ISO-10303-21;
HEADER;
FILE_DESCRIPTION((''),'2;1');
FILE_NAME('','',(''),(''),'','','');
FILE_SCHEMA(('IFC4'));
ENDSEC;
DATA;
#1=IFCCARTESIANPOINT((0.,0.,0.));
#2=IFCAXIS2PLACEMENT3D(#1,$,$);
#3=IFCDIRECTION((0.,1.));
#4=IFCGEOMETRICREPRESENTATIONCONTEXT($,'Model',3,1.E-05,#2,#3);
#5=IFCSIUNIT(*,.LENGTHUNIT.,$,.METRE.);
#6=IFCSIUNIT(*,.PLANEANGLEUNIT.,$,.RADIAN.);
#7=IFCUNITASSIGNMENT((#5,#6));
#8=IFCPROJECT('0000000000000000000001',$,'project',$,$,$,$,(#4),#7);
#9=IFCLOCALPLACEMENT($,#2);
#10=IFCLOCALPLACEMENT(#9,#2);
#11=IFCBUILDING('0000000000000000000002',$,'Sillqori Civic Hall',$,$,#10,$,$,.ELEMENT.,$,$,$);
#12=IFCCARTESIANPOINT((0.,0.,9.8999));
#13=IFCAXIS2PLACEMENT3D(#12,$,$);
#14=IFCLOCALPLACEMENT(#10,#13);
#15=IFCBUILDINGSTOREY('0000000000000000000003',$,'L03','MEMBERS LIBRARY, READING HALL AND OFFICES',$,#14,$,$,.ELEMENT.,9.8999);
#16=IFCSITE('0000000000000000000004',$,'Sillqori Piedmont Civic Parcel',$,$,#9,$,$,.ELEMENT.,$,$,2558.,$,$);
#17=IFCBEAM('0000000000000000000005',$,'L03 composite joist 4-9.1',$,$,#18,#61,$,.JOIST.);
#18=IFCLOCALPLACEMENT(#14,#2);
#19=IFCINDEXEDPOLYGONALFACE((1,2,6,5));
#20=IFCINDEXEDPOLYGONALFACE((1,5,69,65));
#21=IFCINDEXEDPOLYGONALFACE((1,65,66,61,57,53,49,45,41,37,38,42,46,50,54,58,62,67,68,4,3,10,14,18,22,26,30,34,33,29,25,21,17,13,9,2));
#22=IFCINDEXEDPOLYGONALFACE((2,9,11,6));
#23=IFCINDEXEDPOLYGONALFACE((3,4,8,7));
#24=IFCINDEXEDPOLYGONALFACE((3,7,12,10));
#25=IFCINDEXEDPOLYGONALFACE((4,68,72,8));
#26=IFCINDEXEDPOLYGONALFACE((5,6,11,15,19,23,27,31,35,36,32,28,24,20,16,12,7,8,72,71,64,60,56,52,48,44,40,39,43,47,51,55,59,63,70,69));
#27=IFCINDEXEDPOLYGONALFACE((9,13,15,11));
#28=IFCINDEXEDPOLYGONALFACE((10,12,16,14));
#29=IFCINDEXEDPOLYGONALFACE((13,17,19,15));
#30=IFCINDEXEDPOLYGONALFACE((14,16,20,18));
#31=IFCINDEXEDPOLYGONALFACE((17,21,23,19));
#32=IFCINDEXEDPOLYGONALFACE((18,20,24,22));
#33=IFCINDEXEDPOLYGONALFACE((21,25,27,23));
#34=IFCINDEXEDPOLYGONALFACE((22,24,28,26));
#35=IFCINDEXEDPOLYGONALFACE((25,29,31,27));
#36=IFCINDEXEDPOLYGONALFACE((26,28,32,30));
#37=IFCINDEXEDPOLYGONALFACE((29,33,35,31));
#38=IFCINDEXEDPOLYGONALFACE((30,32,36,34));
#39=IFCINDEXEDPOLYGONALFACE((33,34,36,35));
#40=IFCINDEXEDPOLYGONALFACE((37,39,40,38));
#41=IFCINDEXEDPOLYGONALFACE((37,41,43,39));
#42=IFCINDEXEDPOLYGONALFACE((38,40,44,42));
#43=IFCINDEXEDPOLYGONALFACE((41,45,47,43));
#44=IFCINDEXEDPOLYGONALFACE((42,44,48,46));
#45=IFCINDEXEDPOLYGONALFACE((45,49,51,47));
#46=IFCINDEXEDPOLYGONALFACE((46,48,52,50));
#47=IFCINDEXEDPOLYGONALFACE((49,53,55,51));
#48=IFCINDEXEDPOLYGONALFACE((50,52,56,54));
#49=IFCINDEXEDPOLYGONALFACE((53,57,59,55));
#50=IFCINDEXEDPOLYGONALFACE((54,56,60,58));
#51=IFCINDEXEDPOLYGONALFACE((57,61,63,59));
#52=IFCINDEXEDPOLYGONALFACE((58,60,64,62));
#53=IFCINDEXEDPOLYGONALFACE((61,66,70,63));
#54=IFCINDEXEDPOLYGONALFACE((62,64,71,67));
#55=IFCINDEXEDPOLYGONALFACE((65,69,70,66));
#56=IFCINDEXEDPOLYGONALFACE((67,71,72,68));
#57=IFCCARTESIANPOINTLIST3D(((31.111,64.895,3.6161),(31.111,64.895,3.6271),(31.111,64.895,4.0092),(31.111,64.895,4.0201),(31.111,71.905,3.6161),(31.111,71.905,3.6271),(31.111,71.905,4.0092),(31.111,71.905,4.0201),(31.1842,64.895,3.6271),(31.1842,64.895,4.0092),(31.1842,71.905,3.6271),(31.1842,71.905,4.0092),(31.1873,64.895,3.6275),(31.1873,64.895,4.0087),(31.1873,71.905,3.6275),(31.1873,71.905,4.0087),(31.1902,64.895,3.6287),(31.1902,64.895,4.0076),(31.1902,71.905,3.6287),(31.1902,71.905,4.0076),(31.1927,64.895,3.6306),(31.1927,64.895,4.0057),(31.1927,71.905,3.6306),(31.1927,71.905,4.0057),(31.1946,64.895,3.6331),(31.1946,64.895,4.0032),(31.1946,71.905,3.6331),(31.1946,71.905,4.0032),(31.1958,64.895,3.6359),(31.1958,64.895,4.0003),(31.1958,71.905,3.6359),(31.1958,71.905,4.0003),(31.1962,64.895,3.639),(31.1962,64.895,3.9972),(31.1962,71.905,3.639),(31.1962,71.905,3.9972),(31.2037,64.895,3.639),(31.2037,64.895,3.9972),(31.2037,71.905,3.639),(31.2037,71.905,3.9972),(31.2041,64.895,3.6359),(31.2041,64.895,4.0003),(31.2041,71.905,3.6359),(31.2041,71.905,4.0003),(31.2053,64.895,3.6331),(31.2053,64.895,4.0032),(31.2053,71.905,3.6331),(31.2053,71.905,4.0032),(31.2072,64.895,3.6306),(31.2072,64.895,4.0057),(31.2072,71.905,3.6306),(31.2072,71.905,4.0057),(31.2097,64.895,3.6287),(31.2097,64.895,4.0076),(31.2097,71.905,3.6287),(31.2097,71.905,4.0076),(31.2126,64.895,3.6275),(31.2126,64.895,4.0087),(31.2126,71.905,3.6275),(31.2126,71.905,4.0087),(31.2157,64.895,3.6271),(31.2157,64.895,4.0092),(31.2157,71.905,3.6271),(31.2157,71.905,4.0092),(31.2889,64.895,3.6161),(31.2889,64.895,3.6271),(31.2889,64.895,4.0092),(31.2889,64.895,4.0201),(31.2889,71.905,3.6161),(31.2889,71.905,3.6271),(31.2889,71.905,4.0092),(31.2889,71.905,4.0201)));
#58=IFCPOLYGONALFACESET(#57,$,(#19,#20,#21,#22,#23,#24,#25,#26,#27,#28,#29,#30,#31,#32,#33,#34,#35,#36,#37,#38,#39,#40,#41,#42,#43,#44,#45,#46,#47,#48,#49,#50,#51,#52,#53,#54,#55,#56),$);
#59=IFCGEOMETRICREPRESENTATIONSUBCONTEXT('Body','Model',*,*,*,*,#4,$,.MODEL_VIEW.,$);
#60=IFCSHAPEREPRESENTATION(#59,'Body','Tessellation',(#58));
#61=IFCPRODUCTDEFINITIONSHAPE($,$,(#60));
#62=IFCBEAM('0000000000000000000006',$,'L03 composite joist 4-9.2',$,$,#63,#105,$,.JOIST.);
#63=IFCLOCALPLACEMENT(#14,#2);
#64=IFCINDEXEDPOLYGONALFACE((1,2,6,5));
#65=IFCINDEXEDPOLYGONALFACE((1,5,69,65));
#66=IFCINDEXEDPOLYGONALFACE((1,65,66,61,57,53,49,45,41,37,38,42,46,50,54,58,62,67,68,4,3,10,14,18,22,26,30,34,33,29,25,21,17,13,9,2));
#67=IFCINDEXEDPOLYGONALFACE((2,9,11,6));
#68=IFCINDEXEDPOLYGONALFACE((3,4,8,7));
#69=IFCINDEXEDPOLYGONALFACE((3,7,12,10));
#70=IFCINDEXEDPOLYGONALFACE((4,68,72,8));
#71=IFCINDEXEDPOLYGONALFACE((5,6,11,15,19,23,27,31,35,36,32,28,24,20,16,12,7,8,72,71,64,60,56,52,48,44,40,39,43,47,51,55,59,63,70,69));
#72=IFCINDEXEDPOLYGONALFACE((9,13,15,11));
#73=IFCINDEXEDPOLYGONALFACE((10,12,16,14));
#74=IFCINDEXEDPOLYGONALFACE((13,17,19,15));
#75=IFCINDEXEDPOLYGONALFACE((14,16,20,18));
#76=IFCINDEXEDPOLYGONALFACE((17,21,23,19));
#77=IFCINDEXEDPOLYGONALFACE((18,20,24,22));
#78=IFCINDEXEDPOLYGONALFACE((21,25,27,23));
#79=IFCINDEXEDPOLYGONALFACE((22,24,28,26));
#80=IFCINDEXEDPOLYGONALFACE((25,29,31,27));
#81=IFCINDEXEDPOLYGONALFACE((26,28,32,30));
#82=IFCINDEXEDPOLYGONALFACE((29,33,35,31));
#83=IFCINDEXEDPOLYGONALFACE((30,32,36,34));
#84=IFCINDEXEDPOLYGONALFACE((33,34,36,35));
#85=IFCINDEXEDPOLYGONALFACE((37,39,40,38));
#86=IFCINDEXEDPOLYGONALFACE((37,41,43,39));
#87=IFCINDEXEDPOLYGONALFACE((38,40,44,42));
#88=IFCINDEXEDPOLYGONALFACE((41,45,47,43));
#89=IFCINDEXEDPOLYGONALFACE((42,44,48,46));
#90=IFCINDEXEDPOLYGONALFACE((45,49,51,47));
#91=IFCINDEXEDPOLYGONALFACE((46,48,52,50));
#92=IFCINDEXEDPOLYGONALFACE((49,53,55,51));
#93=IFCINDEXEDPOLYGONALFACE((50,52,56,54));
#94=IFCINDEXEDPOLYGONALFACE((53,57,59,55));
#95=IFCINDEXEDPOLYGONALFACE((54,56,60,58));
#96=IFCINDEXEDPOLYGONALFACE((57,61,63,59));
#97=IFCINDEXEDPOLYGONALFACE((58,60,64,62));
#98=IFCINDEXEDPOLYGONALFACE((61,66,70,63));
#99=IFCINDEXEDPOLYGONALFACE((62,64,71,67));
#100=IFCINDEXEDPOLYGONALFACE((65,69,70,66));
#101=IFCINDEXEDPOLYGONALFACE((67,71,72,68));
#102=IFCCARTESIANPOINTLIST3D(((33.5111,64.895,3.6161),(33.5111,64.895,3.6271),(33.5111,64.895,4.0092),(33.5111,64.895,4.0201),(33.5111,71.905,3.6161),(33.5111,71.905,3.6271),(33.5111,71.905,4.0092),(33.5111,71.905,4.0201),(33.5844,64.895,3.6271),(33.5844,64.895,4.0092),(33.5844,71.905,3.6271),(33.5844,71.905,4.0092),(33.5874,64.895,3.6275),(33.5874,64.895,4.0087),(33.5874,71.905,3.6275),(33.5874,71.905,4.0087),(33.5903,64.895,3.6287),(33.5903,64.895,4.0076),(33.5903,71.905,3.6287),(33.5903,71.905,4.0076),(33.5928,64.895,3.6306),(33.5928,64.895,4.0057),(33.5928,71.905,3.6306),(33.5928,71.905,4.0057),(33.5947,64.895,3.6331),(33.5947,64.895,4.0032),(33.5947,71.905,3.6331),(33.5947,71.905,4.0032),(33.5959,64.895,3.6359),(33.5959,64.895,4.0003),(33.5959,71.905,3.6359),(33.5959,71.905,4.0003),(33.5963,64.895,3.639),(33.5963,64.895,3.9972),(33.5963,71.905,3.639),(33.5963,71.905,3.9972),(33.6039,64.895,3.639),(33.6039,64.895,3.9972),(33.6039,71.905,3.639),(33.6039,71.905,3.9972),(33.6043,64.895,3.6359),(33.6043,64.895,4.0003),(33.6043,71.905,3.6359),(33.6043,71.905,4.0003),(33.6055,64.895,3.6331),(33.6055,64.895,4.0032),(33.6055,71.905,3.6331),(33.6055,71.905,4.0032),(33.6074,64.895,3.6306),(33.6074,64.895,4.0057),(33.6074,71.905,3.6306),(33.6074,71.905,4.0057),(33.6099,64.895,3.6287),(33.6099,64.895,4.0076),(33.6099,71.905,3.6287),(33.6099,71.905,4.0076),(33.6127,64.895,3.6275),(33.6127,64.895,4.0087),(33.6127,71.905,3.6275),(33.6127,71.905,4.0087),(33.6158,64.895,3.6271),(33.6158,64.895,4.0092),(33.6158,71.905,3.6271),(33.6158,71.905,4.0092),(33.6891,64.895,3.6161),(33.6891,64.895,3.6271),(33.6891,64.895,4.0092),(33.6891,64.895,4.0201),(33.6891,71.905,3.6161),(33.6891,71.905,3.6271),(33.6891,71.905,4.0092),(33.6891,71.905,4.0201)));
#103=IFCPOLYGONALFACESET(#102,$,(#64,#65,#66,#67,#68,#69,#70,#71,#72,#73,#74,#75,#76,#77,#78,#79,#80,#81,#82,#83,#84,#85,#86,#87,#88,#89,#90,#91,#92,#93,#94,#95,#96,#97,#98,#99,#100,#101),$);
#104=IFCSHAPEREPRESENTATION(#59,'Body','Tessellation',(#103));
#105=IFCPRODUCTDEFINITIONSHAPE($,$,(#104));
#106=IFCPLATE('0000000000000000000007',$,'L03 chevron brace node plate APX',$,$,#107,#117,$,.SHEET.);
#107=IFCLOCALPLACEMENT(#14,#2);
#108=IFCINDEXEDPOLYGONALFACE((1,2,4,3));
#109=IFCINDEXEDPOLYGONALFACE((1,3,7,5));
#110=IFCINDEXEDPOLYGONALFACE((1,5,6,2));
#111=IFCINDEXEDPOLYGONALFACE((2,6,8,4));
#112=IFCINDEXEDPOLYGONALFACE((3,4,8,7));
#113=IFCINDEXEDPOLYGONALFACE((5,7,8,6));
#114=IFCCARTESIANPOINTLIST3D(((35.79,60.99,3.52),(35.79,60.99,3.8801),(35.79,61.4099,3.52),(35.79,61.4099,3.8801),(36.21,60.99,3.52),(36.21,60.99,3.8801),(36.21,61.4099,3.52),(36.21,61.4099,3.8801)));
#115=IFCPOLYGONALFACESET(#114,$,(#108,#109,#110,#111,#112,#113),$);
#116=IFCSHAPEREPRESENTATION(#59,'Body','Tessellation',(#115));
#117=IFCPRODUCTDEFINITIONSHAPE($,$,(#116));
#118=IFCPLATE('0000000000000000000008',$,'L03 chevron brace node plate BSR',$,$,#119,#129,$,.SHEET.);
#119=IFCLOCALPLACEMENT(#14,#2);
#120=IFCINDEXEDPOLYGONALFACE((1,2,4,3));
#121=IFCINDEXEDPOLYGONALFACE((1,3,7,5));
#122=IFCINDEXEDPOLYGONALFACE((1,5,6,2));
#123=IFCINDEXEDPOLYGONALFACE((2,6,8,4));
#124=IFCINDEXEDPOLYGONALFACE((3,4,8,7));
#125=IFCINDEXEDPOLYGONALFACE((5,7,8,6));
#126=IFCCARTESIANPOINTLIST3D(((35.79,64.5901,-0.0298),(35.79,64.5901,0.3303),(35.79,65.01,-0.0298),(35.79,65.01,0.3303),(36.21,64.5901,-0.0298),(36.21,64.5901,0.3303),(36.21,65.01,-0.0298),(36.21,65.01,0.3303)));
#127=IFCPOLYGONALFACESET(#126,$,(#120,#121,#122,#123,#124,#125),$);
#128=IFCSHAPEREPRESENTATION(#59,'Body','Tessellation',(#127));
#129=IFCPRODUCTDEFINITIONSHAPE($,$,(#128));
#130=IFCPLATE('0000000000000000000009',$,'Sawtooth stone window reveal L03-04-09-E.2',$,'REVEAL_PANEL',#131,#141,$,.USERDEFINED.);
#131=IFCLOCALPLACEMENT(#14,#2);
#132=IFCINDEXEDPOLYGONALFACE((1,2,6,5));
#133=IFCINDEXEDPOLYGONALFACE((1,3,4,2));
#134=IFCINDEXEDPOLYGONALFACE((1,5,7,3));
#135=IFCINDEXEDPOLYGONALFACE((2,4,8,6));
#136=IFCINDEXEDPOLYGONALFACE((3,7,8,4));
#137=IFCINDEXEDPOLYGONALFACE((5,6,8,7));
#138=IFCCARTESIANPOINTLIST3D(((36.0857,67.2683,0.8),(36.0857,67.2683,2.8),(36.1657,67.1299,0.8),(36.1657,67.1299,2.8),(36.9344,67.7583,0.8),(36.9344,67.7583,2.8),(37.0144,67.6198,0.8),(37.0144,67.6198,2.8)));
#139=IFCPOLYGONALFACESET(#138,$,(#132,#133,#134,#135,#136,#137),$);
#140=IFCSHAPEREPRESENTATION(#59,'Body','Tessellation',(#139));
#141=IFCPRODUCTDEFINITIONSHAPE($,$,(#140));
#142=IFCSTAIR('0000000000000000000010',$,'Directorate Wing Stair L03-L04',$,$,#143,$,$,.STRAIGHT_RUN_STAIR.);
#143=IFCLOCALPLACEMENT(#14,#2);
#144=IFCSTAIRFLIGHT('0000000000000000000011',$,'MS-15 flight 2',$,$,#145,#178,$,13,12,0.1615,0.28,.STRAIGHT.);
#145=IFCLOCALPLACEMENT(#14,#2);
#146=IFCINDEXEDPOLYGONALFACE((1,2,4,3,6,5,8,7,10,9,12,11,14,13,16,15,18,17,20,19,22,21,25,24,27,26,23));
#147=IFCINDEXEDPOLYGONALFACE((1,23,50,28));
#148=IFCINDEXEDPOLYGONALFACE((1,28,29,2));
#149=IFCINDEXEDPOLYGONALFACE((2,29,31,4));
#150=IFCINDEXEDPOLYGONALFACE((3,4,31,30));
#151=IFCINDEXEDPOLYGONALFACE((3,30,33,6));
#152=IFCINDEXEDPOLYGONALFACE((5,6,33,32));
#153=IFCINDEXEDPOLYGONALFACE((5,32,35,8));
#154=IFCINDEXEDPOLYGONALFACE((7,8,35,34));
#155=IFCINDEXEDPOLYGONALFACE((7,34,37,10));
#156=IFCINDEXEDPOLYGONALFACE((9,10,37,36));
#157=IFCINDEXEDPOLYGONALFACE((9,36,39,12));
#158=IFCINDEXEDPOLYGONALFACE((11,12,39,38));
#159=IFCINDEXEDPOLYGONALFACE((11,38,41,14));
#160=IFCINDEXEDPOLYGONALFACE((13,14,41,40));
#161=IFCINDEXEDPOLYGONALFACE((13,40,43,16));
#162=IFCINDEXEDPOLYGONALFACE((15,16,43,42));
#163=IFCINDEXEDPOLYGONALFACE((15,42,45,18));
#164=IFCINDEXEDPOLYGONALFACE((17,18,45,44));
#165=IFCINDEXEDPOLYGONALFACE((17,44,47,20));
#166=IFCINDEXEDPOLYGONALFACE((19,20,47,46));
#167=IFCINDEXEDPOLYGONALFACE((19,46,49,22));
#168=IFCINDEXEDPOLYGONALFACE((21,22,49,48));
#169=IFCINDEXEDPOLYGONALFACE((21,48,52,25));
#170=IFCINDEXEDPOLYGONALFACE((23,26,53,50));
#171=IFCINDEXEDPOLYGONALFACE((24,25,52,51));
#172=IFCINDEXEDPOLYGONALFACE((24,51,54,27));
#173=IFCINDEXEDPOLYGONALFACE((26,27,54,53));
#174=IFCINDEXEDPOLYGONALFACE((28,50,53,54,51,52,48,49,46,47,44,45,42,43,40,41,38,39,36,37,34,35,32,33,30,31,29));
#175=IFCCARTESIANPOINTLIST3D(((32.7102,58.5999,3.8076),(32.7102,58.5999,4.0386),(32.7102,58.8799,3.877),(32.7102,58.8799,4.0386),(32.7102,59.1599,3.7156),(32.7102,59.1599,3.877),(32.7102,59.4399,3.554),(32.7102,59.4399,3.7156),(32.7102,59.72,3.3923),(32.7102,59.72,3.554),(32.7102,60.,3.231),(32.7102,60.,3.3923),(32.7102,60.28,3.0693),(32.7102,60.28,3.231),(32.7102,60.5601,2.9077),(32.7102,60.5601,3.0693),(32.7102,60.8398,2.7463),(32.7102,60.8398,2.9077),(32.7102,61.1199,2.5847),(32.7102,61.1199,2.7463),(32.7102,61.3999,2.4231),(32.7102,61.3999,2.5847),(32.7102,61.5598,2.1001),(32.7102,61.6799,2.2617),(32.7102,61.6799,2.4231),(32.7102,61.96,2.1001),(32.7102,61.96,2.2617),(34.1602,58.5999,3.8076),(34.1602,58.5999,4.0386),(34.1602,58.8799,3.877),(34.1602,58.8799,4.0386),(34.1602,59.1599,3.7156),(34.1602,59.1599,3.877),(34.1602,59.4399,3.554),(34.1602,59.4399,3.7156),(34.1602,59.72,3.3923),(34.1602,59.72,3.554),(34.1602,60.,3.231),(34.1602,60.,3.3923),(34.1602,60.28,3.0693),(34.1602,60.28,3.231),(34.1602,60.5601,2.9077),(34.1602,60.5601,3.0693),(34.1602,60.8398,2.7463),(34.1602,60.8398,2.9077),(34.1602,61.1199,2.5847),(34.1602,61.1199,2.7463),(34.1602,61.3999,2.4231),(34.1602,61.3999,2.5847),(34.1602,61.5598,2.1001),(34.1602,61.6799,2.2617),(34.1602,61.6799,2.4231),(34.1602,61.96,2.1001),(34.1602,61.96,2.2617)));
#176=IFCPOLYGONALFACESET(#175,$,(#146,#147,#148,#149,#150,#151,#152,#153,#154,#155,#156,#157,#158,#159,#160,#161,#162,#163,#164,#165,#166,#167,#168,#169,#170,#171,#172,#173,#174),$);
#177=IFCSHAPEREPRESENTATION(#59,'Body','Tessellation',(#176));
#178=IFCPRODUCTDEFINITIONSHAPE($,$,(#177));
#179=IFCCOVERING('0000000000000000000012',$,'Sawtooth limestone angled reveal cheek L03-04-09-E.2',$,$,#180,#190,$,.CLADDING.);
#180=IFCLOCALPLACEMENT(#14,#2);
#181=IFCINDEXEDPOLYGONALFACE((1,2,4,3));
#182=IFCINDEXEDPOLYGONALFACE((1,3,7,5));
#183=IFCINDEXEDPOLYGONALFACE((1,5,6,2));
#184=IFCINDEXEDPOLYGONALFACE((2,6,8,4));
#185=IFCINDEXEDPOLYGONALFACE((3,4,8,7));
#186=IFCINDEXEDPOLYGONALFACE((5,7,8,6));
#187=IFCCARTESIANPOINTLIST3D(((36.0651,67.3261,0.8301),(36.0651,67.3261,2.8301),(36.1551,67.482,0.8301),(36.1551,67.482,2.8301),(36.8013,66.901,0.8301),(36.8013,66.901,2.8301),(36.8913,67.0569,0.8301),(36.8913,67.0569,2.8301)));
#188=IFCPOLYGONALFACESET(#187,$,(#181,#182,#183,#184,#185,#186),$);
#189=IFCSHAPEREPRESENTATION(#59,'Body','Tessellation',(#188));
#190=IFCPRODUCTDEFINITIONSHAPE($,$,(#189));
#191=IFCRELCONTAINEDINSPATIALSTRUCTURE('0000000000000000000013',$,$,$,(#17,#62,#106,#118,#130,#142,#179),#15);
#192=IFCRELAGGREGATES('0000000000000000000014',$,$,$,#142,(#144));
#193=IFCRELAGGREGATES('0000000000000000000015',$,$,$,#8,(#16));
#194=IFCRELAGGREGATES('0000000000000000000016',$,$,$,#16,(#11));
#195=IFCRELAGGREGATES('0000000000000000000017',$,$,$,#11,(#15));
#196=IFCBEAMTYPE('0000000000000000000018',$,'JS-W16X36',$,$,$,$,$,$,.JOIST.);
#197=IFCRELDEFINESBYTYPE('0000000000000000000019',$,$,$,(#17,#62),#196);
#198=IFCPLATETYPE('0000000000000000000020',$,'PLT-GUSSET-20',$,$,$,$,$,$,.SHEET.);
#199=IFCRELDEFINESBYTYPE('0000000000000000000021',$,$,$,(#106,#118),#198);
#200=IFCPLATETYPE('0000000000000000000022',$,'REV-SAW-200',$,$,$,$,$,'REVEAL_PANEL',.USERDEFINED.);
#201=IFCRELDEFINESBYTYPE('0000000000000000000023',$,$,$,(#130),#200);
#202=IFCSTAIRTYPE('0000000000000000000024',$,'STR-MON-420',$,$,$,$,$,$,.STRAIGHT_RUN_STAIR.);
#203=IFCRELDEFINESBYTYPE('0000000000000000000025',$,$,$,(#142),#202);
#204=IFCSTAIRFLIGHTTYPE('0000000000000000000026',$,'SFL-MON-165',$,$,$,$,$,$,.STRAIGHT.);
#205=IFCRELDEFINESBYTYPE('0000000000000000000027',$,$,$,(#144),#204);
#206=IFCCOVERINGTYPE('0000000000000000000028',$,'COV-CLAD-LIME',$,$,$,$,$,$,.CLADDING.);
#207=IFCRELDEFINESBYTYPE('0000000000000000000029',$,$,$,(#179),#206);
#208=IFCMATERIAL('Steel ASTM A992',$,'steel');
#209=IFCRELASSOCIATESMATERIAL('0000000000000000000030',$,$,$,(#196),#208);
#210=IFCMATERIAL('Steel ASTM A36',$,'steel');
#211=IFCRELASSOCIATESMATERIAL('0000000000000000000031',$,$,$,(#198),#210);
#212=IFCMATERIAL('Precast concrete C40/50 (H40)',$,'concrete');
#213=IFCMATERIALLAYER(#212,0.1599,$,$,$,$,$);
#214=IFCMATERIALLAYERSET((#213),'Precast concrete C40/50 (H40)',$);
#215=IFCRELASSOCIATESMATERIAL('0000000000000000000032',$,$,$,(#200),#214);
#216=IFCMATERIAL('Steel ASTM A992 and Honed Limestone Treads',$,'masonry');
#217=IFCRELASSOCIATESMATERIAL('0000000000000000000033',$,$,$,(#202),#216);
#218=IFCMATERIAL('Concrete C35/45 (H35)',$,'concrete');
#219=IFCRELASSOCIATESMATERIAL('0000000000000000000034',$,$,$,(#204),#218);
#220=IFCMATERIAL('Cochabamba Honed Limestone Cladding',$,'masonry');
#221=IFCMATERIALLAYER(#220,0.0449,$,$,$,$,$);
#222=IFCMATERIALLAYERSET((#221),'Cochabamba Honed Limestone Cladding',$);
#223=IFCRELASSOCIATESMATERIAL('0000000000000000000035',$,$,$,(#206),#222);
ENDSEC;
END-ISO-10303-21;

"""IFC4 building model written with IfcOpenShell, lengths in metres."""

from ifc_helpers import new_model, si_unit, direction, frame, frame_2d, origin, origin_2d, place, context, subcontext, project, spatial, polyline, rectangle, i_section, outline, extrude, material, layer, layer_set, material_profile, profile_set, type_object, element, aggregate, save


model = new_model("IFC4")

# Units and contexts
model_context = context("Model", 3, precision=1e-05, world=origin(), true_north=direction((0.0, 1.0)))
body_context = subcontext(model_context, "Body", "Model", "MODEL_VIEW")
ifc_project = project(units=[si_unit("LENGTHUNIT", "METRE"), si_unit("PLANEANGLEUNIT", "RADIAN")], contexts=[model_context])

# Site, building, storey
site_placement = place(None, origin())
site = spatial("IfcSite", under=ifc_project, at=site_placement, Name="Sillqori Piedmont Civic Parcel", CompositionType="ELEMENT", RefElevation=2558.0)
building_placement = place(site_placement, origin())
building = spatial("IfcBuilding", under=site, at=building_placement, Name="Sillqori Civic Hall", CompositionType="ELEMENT")
storey_placement = place(building_placement, frame((0.0, 0.0, 9.8999)))
storey = spatial("IfcBuildingStorey", under=building, at=storey_placement, Name="L03", Description="MEMBERS LIBRARY, READING HALL AND OFFICES", CompositionType="ELEMENT", Elevation=9.8999)

# Shared definitions
ifc_material_1 = material(Name="Concrete C35/45 (H35)", Category="concrete")

# Shared definitions
ifc_material_2 = material(Name="Steel ASTM A992", Category="steel")

# Beams
ifc_material_profile_1 = material_profile(ifc_material_2, i_section(OverallWidth=0.178, OverallDepth=0.4041, WebThickness=0.0076, FlangeThickness=0.011, FilletRadius=0.012, at=origin_2d()), Name="W16X36")
ifc_profile_set_1 = profile_set([ifc_material_profile_1], Name="Steel ASTM A992")
beam_type_1 = type_object("IfcBeamType", Name="JS-W16X36", PredefinedType="JOIST", material=ifc_profile_set_1)
for number, where, z_axis, x_axis, name in (
    (1, (31.2, 64.895, 3.8181), (0.0, 1.0, 0.0), (-1.0, 0.0, 0.0), "L03 composite joist 4-9.1"),
    (2, (33.6001, 64.895, 3.8181), (0.0, 1.0, 0.0), (-1.0, 0.0, 0.0), "L03 composite joist 4-9.2"),
):
    element("IfcBeam", number, at=place(storey_placement, frame(where, z_axis=z_axis, x_axis=x_axis)), inside=storey, type_object=beam_type_1, Name=name, PredefinedType="JOIST", context=body_context, shape_type="SweptSolid", body=[
        extrude(i_section(OverallWidth=0.178, OverallDepth=0.4041, WebThickness=0.0076, FlangeThickness=0.011, FilletRadius=0.012, at=origin_2d()), origin(), (0.0, 0.0, 1.0), 7.01),
    ])

# Plates
ifc_material_3 = material(Name="Steel ASTM A36", Category="steel")
plate_type_1 = type_object("IfcPlateType", Name="PLT-GUSSET-20", PredefinedType="SHEET", material=ifc_material_3)
for number, where, z_axis, x_axis, name in (
    (3, (36.0, 61.2, 3.52), (0.0, 0.0, 1.0), (1.0, 0.0, 0.0), "L03 chevron brace node plate APX"),
    (4, (36.0, 64.8, -0.0298), (0.0, 0.0, 1.0), (1.0, 0.0, 0.0), "L03 chevron brace node plate BSR"),
):
    element("IfcPlate", number, at=place(storey_placement, frame(where, z_axis=z_axis, x_axis=x_axis)), inside=storey, type_object=plate_type_1, Name=name, PredefinedType="SHEET", context=body_context, shape_type="SweptSolid", body=[
        extrude(rectangle(XDim=0.4199, YDim=0.4199, at=origin_2d()), origin(), (0.0, 0.0, 1.0), 0.3601),
    ])
ifc_material_4 = material(Name="Precast concrete C40/50 (H40)", Category="concrete")
ifc_layer_1 = layer(ifc_material_4, 0.1599)
ifc_layer_set_1 = layer_set([ifc_layer_1], Name="Precast concrete C40/50 (H40)")
plate_type_2 = type_object("IfcPlateType", Name="REV-SAW-200", ElementType="REVEAL_PANEL", PredefinedType="USERDEFINED", material=ifc_layer_set_1)
plate_placement = place(storey_placement, frame((36.55, 67.4441, 0.8), z_axis=(0.0, 0.0, 1.0), x_axis=(0.5, -0.866025, 0.0)))
element("IfcPlate", 5, at=plate_placement, inside=storey, type_object=plate_type_2, Name="Sawtooth stone window reveal L03-04-09-E.2", ObjectType="REVEAL_PANEL", PredefinedType="USERDEFINED", context=body_context, shape_type="SweptSolid", body=[
    extrude(rectangle(XDim=0.1599, YDim=0.98, at=origin_2d()), origin(), (0.0, 0.0, 1.0), 2.0),
])

# Stair, stair flight
ifc_material_5 = material(Name="Steel ASTM A992 and Honed Limestone Treads", Category="masonry")
stair_type = type_object("IfcStairType", Name="STR-MON-420", PredefinedType="STRAIGHT_RUN_STAIR", material=ifc_material_5)
stair_placement = place(storey_placement, origin())
stair = element("IfcStair", 6, at=stair_placement, inside=storey, type_object=stair_type, Name="Directorate Wing Stair L03-L04", PredefinedType="STRAIGHT_RUN_STAIR")
stair_flight_type = type_object("IfcStairFlightType", Name="SFL-MON-165", PredefinedType="STRAIGHT", material=ifc_material_1)
stair_flight_placement = place(storey_placement, frame((33.4351, 61.96, 2.1001), z_axis=(0.0, 0.0, 1.0), x_axis=(0.0, -1.0, 0.0)))
stair_flight = element("IfcStairFlight", 7, at=stair_flight_placement, type_object=stair_flight_type, Name="MS-15 flight 2", NumberOfRisers=13, NumberOfTreads=12, PredefinedType="STRAIGHT", RiserHeight=0.1615, TreadLength=0.28, context=body_context, shape_type="SweptSolid", body=[
    extrude(outline(polyline([(0.0, 0.0), (0.0, 0.1616), (0.28, 0.1616), (0.28, 0.323), (0.5601, 0.323), (0.5601, 0.4846), (0.8401, 0.4846), (0.8401, 0.6462), (1.1201, 0.6462), (1.1201, 0.8076), (1.3999, 0.8076), (1.3999, 0.9692), (1.6799, 0.9692), (1.6799, 1.1309), (1.96, 1.1309), (1.96, 1.2922), (2.24, 1.2922), (2.24, 1.4539), (2.52, 1.4539), (2.52, 1.6155), (2.8, 1.6155), (2.8, 1.7769), (3.0801, 1.7769), (3.0801, 1.9385), (3.3601, 1.9385), (3.3601, 2.1001), (3.3601, 1.7075), (0.4001, 0.0), (0.0, 0.0)])), frame((0.0, 0.7251, 0.0), z_axis=(0.0, -1.0, 0.0), x_axis=(1.0, 0.0, 0.0)), (0.0, 0.0, 1.0), 1.45),
])
aggregate(stair, [stair_flight])

# Covering
ifc_material_6 = material(Name="Cochabamba Honed Limestone Cladding", Category="masonry")
ifc_layer_2 = layer(ifc_material_6, 0.0449)
ifc_layer_set_2 = layer_set([ifc_layer_2], Name="Cochabamba Honed Limestone Cladding")
covering_type = type_object("IfcCoveringType", Name="COV-CLAD-LIME", PredefinedType="CLADDING", material=ifc_layer_set_2)
covering_1_placement = place(storey_placement, frame((36.1101, 67.4041, 0.8301), z_axis=(0.0, 0.0, 1.0), x_axis=(0.865989, -0.500062, 0.0)))
element("IfcCovering", 8, at=covering_1_placement, inside=storey, type_object=covering_type, Name="Sawtooth limestone angled reveal cheek L03-04-09-E.2", PredefinedType="CLADDING", context=body_context, shape_type="SweptSolid", body=[
    extrude(rectangle(XDim=0.8501, YDim=0.1799, at=frame_2d((0.425, 0.0))), origin(), (0.0, 0.0, 1.0), 2.0),
])

save(model, "model.ifc")
